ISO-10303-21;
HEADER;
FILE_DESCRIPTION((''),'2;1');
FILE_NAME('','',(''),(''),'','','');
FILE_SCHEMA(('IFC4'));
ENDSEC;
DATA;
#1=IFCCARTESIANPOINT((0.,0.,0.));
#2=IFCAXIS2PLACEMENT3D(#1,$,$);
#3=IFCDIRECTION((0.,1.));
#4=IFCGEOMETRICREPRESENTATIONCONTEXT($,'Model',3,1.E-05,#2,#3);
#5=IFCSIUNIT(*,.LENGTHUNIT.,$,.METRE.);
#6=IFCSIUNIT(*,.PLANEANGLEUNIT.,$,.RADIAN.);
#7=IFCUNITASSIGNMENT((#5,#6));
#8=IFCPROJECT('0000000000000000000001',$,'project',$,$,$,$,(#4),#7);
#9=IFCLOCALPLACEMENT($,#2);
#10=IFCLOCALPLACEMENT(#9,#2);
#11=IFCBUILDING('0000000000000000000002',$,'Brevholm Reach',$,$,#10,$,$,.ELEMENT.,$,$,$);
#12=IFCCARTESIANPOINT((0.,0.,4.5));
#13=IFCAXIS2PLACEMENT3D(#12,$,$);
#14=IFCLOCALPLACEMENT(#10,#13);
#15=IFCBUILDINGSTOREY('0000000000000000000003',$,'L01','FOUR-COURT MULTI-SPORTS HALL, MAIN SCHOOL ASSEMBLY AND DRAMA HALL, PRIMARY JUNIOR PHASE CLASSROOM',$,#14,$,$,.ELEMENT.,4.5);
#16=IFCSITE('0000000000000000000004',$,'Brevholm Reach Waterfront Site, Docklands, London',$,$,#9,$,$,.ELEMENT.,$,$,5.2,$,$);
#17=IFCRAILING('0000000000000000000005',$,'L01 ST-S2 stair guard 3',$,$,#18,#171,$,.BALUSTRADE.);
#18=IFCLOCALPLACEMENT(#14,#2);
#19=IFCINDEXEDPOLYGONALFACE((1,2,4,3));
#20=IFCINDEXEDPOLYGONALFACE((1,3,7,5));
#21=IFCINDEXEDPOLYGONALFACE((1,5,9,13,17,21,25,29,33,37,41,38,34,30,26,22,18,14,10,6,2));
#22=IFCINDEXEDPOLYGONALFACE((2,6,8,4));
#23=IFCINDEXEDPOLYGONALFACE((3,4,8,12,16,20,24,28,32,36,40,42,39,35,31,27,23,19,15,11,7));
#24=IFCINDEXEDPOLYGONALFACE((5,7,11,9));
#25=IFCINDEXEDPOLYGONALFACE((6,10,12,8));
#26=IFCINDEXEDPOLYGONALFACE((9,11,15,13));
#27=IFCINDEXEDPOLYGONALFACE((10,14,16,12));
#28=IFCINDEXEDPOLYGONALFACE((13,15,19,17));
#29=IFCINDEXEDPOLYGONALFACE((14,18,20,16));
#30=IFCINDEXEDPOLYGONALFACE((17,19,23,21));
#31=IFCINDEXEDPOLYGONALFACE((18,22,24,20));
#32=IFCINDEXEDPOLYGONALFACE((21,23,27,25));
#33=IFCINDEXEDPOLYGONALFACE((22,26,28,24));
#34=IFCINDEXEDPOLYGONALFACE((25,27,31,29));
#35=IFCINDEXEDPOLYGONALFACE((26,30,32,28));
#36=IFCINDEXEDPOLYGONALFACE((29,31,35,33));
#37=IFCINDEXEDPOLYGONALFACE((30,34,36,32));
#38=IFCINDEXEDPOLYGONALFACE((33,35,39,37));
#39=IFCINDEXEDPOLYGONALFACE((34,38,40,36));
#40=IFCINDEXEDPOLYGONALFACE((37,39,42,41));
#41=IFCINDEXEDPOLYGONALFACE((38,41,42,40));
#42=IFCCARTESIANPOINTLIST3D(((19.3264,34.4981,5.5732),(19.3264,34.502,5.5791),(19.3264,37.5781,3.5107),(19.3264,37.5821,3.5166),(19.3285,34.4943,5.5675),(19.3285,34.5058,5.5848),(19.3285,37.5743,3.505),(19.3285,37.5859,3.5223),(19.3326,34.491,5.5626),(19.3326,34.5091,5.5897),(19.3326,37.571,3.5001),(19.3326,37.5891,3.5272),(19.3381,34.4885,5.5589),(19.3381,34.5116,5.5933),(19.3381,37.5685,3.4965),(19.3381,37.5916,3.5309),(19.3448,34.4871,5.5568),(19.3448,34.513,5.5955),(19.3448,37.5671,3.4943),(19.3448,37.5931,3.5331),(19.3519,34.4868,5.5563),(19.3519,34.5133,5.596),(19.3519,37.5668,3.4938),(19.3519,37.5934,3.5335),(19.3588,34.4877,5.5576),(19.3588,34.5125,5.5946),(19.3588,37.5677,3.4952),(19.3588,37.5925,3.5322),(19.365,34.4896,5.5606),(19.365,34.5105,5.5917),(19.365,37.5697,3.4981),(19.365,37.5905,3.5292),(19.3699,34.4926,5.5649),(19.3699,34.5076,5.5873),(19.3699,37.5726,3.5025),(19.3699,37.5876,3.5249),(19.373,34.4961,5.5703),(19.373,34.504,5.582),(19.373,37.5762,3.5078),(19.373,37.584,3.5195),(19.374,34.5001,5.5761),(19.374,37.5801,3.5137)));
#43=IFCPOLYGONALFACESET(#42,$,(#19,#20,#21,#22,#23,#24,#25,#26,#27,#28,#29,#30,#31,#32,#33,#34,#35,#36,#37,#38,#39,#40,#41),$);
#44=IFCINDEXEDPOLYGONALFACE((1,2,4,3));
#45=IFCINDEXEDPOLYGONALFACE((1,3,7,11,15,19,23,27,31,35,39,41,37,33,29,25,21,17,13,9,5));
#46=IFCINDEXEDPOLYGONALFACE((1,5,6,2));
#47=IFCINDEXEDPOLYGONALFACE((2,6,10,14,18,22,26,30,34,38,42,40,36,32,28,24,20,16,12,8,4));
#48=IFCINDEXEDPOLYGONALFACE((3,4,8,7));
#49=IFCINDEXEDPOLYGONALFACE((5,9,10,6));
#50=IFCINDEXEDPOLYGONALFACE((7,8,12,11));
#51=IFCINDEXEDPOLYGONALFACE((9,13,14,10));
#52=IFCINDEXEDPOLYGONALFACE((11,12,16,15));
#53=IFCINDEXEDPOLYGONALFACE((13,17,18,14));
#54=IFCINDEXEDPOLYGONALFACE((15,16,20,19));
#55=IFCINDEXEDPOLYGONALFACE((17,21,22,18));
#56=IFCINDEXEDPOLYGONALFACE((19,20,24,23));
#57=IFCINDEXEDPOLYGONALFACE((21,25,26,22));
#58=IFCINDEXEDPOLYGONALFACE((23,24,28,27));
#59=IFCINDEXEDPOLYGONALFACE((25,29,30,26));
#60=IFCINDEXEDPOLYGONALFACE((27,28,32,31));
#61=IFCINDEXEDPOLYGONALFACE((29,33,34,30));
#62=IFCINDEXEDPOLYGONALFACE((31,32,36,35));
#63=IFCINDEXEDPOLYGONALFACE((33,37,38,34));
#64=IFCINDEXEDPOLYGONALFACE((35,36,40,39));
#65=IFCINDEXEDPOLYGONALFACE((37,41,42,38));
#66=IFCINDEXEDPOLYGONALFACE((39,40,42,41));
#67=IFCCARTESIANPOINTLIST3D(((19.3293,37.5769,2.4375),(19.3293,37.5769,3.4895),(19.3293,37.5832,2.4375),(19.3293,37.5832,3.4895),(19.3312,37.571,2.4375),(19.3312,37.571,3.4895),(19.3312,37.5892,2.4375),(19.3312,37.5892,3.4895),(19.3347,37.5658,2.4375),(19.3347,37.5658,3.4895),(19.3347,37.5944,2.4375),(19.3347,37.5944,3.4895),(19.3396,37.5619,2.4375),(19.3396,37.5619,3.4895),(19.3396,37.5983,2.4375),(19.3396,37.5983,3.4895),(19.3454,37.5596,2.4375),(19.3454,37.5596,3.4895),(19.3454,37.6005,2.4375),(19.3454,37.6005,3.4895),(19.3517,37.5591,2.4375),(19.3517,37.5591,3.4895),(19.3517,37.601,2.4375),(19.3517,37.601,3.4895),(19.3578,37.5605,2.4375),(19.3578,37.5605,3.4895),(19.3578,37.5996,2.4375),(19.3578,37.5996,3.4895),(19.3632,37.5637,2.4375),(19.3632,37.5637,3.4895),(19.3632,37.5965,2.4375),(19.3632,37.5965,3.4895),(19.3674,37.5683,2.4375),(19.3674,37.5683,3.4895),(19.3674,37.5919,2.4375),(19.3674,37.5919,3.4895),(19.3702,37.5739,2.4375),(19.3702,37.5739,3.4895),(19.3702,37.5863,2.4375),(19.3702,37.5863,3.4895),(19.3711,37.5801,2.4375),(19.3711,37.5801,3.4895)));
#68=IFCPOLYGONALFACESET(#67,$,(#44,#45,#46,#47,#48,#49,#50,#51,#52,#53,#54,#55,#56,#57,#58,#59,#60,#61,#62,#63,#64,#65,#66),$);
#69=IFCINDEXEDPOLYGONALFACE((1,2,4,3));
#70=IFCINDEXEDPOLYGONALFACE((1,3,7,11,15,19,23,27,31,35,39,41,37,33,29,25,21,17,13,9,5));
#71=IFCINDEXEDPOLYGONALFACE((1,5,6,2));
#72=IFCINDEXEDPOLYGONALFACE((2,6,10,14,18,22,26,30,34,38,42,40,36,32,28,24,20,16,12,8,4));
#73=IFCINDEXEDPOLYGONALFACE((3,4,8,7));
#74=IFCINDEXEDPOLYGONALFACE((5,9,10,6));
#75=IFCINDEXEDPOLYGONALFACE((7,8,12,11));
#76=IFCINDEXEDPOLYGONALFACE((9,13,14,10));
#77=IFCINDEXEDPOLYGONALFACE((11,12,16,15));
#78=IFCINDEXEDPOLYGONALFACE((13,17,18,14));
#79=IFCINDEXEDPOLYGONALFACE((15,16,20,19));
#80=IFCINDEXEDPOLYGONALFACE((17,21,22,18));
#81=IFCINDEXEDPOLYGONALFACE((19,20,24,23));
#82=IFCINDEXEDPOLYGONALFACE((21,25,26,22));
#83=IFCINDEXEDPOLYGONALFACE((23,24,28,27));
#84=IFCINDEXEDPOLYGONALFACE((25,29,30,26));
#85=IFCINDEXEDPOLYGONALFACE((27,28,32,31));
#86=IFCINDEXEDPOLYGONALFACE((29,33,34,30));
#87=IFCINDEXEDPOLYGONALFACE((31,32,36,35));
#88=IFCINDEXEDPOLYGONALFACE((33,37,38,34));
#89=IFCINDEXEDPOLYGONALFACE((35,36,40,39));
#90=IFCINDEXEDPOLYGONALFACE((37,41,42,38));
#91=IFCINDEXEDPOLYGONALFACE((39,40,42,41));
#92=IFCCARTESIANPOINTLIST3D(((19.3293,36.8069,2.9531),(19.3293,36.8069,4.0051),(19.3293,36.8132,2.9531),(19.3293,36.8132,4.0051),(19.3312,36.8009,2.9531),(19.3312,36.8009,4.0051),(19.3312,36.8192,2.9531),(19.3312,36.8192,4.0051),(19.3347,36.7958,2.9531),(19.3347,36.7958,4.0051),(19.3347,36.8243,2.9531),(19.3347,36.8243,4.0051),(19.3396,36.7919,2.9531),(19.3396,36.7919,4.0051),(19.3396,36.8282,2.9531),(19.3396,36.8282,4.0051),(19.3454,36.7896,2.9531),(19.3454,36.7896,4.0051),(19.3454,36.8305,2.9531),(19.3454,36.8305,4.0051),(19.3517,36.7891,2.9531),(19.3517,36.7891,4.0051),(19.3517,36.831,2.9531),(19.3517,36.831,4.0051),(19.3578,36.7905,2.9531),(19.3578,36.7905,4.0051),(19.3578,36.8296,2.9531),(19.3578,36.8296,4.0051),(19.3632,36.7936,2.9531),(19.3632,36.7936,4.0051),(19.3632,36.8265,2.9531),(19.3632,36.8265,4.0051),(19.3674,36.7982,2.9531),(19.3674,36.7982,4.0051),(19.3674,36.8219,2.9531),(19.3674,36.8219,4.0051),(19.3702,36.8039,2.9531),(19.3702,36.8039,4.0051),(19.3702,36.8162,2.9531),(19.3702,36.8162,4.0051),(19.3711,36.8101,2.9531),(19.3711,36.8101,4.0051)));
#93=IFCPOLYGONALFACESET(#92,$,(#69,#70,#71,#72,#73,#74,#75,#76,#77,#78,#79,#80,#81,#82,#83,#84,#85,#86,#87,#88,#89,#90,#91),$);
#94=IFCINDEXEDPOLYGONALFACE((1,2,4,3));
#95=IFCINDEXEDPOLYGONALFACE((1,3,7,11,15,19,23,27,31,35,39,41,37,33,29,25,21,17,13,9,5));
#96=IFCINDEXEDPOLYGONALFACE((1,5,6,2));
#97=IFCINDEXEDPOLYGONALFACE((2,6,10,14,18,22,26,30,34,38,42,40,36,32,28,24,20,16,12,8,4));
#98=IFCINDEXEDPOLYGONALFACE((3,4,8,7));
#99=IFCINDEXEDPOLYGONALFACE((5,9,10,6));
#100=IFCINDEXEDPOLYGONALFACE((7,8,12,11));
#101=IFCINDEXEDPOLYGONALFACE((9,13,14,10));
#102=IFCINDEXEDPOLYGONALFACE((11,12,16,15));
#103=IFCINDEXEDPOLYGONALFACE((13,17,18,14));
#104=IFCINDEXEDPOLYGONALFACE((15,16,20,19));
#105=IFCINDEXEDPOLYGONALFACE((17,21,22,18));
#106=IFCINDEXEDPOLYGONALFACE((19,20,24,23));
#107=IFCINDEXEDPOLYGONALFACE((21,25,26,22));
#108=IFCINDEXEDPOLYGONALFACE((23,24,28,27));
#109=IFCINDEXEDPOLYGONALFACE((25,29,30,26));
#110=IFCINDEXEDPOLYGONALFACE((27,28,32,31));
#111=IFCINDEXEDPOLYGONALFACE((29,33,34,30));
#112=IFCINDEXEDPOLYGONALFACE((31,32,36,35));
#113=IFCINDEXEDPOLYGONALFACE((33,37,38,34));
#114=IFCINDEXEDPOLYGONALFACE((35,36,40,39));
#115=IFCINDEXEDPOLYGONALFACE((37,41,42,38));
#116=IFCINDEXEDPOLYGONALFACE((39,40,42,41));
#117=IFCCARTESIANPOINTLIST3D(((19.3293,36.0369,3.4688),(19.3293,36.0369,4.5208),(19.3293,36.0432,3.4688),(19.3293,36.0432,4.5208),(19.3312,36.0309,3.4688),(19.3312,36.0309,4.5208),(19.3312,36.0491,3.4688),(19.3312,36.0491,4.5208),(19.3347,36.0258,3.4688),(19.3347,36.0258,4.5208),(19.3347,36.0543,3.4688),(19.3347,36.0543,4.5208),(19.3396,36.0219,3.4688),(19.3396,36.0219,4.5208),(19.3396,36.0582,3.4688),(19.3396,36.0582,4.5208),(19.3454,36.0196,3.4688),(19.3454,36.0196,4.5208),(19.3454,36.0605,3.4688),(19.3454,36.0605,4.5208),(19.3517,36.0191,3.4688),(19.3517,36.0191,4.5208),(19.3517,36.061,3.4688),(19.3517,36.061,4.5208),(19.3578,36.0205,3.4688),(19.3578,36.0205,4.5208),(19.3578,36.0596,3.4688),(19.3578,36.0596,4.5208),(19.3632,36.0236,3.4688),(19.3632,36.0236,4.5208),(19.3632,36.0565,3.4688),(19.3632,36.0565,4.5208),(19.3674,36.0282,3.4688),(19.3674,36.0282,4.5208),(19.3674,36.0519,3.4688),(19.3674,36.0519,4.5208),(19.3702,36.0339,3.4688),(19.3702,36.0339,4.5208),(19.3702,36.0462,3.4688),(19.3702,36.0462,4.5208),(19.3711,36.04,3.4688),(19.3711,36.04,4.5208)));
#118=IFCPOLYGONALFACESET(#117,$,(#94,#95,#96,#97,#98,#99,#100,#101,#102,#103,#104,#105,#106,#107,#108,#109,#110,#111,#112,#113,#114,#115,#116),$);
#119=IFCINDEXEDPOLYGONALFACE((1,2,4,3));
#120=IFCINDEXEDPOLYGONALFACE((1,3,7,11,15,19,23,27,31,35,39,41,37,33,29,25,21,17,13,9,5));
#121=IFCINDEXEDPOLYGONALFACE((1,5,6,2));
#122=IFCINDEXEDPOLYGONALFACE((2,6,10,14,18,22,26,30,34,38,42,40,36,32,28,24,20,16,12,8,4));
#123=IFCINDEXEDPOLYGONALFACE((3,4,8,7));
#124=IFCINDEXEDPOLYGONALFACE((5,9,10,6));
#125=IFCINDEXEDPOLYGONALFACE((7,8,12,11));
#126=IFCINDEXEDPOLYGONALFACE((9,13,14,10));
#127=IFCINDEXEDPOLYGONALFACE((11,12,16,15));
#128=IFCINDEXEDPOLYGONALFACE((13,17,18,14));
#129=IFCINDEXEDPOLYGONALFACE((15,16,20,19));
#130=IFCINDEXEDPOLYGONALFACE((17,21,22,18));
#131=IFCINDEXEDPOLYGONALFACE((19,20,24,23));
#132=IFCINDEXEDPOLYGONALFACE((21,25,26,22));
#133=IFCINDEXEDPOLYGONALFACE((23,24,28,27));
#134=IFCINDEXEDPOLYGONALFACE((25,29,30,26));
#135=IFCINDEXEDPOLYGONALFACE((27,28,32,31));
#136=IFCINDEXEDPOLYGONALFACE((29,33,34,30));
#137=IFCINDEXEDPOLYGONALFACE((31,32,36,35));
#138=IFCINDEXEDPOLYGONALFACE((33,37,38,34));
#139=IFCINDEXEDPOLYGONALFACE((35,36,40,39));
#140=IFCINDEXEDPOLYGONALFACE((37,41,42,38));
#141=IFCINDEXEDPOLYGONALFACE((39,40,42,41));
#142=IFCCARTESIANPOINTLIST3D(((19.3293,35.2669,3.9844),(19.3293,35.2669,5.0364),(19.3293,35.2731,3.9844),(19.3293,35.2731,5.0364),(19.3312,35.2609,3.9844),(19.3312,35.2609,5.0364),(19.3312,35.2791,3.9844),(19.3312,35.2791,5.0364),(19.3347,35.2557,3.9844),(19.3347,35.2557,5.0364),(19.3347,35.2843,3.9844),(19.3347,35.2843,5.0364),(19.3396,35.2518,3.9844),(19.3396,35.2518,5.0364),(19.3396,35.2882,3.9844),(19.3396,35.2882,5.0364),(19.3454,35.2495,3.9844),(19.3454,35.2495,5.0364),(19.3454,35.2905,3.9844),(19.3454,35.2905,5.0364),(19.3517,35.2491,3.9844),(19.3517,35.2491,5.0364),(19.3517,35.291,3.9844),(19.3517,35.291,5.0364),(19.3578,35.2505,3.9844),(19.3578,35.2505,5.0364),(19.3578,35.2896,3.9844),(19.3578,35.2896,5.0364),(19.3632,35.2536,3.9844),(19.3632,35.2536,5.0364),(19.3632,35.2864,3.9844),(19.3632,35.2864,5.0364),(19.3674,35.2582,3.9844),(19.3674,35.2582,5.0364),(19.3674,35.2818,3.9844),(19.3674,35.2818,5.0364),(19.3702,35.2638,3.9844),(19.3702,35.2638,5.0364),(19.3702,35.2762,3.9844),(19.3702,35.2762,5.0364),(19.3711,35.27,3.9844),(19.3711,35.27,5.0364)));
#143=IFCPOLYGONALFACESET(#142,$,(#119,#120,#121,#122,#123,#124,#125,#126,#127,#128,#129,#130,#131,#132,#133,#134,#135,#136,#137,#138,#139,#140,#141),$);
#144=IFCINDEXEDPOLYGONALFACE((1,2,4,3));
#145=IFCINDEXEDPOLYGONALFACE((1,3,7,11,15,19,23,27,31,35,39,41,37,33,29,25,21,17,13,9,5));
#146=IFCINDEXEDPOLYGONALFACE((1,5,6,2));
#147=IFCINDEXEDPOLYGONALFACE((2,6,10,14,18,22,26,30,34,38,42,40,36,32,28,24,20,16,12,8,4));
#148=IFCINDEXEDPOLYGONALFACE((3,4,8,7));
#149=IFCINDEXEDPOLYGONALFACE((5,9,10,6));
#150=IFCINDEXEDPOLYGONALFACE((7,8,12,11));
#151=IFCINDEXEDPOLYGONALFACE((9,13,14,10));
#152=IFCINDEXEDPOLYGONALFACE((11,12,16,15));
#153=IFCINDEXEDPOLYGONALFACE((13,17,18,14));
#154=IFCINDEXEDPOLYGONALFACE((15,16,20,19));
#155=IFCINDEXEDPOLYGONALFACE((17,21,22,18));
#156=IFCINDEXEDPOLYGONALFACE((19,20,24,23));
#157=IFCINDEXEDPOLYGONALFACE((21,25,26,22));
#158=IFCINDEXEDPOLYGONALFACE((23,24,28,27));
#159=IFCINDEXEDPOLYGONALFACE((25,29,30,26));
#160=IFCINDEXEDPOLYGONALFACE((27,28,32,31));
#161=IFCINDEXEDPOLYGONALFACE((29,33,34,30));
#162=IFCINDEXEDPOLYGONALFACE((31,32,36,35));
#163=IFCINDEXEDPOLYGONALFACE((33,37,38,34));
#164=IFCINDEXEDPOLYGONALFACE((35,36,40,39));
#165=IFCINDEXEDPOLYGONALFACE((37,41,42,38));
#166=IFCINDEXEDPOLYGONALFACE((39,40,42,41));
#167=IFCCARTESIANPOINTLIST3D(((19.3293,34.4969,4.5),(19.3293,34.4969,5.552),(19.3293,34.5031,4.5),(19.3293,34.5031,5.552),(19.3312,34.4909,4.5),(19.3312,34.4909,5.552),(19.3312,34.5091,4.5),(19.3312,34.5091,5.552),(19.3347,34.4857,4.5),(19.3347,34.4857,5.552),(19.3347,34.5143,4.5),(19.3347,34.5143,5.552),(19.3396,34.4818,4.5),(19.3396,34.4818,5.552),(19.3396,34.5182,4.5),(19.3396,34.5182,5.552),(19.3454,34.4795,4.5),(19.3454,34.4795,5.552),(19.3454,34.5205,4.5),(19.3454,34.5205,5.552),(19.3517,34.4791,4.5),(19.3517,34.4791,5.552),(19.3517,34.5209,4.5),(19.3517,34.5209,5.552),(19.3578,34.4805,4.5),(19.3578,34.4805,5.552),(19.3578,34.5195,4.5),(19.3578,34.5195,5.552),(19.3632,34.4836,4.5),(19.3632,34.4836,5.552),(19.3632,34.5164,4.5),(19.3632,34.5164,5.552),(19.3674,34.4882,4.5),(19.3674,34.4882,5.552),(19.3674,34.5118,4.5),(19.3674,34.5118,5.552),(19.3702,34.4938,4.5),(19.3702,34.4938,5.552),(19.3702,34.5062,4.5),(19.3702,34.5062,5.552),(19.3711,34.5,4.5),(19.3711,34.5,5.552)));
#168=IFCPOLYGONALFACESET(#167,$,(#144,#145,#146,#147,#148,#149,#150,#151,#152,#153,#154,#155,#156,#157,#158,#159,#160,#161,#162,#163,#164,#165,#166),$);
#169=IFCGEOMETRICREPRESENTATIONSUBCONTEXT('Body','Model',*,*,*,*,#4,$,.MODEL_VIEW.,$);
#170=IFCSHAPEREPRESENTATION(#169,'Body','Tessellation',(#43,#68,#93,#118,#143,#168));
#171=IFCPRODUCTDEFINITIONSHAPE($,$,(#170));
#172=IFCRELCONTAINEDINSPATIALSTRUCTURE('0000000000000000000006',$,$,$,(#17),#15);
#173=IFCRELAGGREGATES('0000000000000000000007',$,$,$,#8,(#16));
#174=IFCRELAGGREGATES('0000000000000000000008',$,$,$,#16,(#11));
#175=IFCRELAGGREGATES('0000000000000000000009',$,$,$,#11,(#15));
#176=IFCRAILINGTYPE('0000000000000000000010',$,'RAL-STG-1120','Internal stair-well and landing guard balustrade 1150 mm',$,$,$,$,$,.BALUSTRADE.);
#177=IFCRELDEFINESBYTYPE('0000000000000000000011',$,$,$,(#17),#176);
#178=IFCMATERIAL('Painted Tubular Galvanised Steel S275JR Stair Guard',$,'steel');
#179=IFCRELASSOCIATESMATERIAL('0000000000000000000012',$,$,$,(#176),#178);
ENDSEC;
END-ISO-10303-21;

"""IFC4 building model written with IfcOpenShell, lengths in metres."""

from ifc_helpers import new_model, si_unit, direction, frame, origin, origin_2d, place, context, subcontext, project, spatial, circle, extrude, material, type_object, element, save


model = new_model("IFC4")

# Units and contexts
model_context = context("Model", 3, precision=1e-05, world=origin(), true_north=direction((0.0, 1.0)))
body_context = subcontext(model_context, "Body", "Model", "MODEL_VIEW")
ifc_project = project(units=[si_unit("LENGTHUNIT", "METRE"), si_unit("PLANEANGLEUNIT", "RADIAN")], contexts=[model_context])

# Site, building, storey
site_placement = place(None, origin())
site = spatial("IfcSite", under=ifc_project, at=site_placement, Name="Brevholm Reach Waterfront Site, Docklands, London", CompositionType="ELEMENT", RefElevation=5.2)
building_placement = place(site_placement, origin())
building = spatial("IfcBuilding", under=site, at=building_placement, Name="Brevholm Reach", CompositionType="ELEMENT")
storey_placement = place(building_placement, frame((0.0, 0.0, 4.5)))
storey = spatial("IfcBuildingStorey", under=building, at=storey_placement, Name="L01", Description="FOUR-COURT MULTI-SPORTS HALL, MAIN SCHOOL ASSEMBLY AND DRAMA HALL, PRIMARY JUNIOR PHASE CLASSROOM", CompositionType="ELEMENT", Elevation=4.5)

# Railing
ifc_material_1 = material(Name="Painted Tubular Galvanised Steel S275JR Stair Guard", Category="steel")
railing_type_1 = type_object("IfcRailingType", Name="RAL-STG-1120", Description="Internal stair-well and landing guard balustrade 1150 mm", PredefinedType="BALUSTRADE", material=ifc_material_1)
railing_1_placement = place(storey_placement, frame((19.3501, 37.5801, 2.4375)))
element("IfcRailing", 1, at=railing_1_placement, inside=storey, type_object=railing_type_1, Name="L01 ST-S2 stair guard 3", PredefinedType="BALUSTRADE", context=body_context, shape_type="SweptSolid", body=[
    extrude(circle(Radius=0.0239, at=origin_2d()), frame((0.0, 0.0, 1.0762), z_axis=(0.0, -0.830914, 0.556401), x_axis=(1.0, 0.0, 0.0)), (0.0, 0.0, 1.0), 3.7068),
    extrude(circle(Radius=0.021, at=origin_2d()), origin(), (0.0, 0.0, 1.0), 1.052),
    extrude(circle(Radius=0.021, at=origin_2d()), frame((0.0, -0.77, 0.5156)), (0.0, 0.0, 1.0), 1.052),
    extrude(circle(Radius=0.021, at=origin_2d()), frame((0.0, -1.54, 1.0312)), (0.0, 0.0, 1.0), 1.052),
    extrude(circle(Radius=0.021, at=origin_2d()), frame((0.0, -2.3101, 1.5469)), (0.0, 0.0, 1.0), 1.052),
    extrude(circle(Radius=0.021, at=origin_2d()), frame((0.0, -3.0801, 2.0625)), (0.0, 0.0, 1.0), 1.052),
])

save(model, "model.ifc")
